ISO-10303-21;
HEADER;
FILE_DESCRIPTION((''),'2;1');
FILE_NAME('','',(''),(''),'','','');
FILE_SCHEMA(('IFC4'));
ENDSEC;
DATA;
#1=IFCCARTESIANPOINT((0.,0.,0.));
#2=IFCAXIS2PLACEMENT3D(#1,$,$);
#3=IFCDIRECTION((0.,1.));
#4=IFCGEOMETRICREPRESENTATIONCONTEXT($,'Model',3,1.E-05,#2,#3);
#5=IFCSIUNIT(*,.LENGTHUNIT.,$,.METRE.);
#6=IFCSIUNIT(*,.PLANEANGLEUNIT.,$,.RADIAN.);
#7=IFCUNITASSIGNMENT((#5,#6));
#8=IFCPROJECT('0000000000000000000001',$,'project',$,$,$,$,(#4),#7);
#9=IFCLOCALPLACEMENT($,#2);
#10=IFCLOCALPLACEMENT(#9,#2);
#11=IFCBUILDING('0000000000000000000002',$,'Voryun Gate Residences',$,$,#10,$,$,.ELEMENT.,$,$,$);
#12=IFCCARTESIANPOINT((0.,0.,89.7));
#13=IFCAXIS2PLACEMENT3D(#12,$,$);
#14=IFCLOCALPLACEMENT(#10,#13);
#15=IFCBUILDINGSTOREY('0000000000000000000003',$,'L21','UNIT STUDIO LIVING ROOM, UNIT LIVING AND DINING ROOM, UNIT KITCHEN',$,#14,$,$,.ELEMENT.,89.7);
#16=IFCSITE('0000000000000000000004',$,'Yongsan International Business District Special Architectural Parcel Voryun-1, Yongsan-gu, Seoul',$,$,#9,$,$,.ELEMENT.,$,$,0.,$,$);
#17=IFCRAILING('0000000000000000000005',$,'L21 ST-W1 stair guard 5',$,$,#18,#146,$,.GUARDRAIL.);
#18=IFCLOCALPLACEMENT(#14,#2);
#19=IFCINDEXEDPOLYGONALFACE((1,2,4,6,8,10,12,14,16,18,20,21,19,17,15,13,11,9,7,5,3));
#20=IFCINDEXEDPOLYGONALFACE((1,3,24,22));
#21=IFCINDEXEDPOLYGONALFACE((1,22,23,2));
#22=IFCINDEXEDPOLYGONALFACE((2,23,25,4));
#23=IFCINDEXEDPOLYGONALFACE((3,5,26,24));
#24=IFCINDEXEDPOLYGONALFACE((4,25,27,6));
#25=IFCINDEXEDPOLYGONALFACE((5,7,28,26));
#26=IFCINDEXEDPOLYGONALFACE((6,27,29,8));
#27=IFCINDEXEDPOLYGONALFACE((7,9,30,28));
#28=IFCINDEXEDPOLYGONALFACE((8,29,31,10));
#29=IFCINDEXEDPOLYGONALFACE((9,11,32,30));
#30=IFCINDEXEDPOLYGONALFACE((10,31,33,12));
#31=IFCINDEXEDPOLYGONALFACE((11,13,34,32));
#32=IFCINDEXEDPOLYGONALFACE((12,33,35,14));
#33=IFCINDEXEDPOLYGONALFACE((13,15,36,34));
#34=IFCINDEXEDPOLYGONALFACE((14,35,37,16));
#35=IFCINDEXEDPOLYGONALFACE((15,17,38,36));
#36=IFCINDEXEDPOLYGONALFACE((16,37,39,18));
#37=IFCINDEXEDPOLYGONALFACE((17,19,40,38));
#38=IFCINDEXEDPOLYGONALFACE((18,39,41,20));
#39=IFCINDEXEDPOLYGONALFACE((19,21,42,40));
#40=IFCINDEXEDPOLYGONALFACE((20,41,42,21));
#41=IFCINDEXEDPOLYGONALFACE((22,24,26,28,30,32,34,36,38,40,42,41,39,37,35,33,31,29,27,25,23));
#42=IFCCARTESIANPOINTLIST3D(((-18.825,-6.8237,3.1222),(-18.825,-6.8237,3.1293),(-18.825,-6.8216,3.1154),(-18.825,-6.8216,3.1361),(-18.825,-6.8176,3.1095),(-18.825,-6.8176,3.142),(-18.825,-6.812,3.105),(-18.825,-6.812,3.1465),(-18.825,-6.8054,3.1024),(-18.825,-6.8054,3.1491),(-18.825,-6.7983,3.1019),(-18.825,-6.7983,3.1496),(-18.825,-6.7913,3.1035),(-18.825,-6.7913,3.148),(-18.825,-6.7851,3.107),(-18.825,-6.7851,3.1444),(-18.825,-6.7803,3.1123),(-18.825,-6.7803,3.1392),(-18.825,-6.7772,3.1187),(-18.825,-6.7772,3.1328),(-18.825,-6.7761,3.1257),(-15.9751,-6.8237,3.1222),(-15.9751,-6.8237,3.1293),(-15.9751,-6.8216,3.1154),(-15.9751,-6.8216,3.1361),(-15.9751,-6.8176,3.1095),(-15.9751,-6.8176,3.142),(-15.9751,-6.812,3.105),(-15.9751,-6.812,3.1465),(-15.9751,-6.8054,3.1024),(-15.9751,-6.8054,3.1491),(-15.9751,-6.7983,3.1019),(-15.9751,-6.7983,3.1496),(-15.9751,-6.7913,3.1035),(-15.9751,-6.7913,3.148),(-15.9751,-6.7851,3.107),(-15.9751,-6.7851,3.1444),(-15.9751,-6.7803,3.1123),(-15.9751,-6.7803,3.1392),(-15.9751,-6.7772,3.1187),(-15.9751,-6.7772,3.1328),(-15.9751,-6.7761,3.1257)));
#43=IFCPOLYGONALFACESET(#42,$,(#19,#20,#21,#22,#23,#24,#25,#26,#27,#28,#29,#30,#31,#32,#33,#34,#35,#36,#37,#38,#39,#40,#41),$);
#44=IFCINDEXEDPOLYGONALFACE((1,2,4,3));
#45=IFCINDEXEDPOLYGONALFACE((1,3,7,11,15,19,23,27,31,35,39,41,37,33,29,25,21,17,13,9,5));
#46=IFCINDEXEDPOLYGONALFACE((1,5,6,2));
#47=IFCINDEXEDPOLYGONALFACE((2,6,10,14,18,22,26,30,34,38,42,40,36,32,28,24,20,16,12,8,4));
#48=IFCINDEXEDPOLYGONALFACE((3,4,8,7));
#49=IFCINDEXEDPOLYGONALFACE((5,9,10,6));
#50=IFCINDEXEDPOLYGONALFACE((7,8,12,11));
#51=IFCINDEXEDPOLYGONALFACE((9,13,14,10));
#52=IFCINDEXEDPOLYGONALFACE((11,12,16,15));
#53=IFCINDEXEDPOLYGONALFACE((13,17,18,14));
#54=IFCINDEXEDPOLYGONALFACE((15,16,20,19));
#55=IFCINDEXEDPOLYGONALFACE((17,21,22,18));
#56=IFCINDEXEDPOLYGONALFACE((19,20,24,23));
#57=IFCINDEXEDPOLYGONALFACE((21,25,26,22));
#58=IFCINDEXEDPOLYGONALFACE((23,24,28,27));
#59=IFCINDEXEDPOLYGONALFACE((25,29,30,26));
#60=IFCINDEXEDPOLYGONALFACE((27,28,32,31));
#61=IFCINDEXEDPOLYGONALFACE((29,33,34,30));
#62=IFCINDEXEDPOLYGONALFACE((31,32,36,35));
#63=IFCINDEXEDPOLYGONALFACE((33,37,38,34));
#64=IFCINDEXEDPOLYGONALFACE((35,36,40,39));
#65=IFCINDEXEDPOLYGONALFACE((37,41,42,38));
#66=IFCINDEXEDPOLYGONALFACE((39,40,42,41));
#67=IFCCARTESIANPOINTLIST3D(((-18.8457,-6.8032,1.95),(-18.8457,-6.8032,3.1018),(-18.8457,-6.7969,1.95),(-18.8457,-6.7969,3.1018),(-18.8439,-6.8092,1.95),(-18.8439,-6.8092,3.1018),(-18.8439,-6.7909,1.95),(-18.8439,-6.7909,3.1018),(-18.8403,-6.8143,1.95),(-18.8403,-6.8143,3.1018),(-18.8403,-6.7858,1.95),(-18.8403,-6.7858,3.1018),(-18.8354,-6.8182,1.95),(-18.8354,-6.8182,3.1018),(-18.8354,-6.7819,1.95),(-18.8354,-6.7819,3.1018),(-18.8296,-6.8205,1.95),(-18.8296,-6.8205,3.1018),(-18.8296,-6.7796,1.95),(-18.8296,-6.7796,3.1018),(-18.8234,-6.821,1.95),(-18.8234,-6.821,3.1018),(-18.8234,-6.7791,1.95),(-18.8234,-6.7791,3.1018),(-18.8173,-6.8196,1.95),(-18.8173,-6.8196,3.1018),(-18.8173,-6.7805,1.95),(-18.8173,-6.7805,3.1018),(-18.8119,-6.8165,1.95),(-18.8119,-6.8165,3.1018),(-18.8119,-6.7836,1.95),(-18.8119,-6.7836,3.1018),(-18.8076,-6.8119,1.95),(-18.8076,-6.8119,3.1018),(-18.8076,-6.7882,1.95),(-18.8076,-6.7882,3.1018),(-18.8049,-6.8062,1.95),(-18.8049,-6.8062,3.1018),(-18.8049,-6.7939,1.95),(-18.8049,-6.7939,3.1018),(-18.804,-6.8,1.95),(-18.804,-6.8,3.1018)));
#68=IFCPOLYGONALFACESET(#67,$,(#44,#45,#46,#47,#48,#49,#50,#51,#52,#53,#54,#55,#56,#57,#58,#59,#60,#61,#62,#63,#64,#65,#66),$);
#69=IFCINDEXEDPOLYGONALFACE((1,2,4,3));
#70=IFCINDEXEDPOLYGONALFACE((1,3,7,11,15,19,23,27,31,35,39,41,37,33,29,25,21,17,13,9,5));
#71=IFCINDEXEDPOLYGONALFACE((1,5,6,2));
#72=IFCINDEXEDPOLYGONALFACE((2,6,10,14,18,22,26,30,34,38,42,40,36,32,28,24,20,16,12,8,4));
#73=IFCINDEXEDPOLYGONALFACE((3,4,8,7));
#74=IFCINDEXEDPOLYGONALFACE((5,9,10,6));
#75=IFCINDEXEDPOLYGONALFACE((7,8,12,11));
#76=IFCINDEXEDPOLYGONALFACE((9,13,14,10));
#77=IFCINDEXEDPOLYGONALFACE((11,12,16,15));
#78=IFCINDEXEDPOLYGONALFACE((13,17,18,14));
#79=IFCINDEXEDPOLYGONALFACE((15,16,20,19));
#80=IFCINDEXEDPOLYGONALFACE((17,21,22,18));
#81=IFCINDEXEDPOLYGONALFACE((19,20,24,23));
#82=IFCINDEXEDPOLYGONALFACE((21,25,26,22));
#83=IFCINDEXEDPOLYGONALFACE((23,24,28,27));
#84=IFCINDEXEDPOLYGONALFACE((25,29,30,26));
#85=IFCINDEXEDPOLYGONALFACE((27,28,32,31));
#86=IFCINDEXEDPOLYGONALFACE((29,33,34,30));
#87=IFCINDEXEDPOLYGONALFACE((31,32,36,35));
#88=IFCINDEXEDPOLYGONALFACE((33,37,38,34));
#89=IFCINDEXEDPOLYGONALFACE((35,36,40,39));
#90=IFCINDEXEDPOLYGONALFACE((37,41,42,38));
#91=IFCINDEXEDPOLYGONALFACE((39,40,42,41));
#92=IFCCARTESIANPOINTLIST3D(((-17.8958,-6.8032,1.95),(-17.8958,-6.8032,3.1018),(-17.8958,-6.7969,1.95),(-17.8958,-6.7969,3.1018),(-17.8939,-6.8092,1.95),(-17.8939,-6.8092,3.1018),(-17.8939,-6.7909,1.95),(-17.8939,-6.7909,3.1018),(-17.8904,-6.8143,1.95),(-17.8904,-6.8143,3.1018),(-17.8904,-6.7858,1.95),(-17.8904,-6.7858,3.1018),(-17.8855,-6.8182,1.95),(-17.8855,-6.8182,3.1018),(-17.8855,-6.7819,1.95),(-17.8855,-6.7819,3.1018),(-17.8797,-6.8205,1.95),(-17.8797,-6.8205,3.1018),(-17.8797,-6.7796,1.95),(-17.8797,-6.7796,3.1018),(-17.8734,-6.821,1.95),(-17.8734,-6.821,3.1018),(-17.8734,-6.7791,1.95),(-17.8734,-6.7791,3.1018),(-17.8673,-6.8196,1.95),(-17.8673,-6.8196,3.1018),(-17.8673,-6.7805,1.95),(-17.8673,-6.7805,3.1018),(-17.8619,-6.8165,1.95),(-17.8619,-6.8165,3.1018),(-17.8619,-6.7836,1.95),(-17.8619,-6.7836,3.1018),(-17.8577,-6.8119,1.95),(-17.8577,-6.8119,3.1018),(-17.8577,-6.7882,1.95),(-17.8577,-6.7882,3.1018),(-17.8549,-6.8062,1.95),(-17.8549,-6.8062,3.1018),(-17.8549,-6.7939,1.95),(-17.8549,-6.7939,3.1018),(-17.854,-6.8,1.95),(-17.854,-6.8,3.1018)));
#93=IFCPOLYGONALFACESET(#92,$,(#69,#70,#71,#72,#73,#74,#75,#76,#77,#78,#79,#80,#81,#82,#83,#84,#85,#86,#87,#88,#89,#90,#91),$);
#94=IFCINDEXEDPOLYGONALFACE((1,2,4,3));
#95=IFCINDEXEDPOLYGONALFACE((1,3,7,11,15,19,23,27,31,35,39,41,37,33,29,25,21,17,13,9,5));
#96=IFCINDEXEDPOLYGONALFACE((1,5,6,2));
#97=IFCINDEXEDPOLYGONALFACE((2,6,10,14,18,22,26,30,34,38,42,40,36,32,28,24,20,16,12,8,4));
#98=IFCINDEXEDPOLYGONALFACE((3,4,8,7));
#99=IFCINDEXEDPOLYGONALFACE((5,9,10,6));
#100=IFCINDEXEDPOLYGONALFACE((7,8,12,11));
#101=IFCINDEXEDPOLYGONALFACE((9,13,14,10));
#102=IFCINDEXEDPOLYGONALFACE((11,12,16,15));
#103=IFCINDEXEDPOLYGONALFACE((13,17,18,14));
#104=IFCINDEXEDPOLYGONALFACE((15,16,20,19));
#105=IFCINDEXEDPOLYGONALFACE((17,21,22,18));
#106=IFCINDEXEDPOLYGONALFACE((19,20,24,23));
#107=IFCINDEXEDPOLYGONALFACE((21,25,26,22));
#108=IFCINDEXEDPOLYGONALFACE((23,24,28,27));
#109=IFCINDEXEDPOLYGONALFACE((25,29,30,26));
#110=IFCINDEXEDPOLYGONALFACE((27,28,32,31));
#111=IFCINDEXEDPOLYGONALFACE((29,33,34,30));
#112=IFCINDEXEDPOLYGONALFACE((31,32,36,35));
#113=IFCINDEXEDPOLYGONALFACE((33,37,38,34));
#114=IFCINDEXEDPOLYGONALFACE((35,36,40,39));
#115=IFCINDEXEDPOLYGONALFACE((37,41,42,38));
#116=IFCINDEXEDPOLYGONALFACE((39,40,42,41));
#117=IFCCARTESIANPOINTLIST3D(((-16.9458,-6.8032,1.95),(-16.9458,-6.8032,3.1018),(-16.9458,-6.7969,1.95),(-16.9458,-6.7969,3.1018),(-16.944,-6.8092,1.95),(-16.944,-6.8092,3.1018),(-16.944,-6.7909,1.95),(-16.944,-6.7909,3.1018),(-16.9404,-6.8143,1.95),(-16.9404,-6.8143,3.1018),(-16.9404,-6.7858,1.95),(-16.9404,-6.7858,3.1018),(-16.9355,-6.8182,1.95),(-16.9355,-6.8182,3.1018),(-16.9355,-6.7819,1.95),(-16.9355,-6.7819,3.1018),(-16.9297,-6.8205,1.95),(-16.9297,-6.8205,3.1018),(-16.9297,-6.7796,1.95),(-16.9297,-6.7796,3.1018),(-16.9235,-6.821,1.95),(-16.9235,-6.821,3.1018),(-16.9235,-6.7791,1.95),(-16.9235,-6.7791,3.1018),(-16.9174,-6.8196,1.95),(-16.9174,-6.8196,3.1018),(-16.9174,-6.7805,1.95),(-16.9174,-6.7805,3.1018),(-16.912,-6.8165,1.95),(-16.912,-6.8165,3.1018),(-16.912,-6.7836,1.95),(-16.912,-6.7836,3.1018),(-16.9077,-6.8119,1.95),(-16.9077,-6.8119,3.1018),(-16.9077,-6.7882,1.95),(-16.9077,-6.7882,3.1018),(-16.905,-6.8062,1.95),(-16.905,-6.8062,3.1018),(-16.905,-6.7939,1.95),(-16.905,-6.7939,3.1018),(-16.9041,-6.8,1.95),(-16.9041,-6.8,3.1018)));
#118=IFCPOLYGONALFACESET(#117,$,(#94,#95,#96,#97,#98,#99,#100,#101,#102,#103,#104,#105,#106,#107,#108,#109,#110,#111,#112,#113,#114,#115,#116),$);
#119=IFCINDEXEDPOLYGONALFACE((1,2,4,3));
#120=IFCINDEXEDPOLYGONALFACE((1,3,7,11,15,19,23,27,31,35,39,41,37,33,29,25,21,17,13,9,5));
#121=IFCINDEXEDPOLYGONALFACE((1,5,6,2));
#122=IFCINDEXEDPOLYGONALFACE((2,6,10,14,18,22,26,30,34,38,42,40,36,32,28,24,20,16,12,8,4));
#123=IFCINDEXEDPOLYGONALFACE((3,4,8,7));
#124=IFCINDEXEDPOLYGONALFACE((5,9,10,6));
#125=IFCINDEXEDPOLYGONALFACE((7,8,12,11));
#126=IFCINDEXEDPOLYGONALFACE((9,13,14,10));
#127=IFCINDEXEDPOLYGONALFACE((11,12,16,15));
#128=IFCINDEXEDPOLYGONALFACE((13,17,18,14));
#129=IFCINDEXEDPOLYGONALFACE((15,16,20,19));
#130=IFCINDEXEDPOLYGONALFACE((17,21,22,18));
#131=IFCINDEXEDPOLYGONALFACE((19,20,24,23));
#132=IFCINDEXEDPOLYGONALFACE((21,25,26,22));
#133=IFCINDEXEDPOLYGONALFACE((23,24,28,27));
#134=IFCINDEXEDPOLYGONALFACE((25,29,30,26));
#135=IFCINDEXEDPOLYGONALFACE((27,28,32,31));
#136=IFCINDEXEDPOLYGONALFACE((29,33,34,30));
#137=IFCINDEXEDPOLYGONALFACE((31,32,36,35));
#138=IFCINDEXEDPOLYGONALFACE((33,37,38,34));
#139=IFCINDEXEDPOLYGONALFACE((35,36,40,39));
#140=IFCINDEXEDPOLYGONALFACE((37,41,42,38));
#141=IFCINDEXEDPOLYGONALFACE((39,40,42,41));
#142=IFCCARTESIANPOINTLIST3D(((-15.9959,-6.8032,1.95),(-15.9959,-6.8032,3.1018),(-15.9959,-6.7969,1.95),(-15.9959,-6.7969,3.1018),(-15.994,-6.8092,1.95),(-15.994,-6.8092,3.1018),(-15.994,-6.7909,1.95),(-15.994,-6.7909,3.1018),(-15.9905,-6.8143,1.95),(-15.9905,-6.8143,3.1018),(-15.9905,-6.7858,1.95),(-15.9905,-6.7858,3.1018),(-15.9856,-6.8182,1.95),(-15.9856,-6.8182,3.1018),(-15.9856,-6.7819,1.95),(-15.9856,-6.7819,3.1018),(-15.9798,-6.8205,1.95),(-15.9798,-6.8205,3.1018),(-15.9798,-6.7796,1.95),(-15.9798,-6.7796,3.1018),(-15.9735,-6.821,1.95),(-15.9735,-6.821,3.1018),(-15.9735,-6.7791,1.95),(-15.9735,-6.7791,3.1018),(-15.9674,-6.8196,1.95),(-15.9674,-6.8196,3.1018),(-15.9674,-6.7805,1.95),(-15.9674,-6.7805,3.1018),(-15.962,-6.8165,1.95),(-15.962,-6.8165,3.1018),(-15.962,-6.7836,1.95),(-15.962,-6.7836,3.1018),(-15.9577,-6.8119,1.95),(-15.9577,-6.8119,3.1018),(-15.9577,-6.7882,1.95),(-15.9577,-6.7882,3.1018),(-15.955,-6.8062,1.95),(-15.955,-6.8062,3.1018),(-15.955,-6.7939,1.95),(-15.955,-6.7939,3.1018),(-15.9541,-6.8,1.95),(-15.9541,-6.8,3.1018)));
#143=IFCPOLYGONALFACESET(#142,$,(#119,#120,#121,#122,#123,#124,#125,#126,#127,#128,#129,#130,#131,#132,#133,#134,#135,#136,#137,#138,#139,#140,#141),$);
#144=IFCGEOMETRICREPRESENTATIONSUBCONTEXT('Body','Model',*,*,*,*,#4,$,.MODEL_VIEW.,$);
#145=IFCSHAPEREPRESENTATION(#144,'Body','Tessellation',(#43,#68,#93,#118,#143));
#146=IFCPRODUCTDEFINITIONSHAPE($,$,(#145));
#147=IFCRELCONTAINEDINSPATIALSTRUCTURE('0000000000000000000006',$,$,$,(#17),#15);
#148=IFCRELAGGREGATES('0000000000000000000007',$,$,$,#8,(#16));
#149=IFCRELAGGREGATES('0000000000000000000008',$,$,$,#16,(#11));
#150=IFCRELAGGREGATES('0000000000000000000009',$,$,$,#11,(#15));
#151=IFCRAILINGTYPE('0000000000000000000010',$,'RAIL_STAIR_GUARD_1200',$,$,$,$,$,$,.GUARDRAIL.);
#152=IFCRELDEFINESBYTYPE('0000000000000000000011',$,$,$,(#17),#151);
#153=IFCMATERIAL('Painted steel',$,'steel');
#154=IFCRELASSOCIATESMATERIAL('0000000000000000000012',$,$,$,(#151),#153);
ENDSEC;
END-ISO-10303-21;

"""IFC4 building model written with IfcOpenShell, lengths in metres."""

from ifc_helpers import new_model, si_unit, direction, frame, origin, origin_2d, place, context, subcontext, project, spatial, circle, extrude, material, type_object, element, save


model = new_model("IFC4")

# Units and contexts
model_context = context("Model", 3, precision=1e-05, world=origin(), true_north=direction((0.0, 1.0)))
body_context = subcontext(model_context, "Body", "Model", "MODEL_VIEW")
ifc_project = project(units=[si_unit("LENGTHUNIT", "METRE"), si_unit("PLANEANGLEUNIT", "RADIAN")], contexts=[model_context])

# Site, building, storey
site_placement = place(None, origin())
site = spatial("IfcSite", under=ifc_project, at=site_placement, Name="Yongsan International Business District Special Architectural Parcel Voryun-1, Yongsan-gu, Seoul", CompositionType="ELEMENT", RefElevation=0.0)
building_placement = place(site_placement, origin())
building = spatial("IfcBuilding", under=site, at=building_placement, Name="Voryun Gate Residences", CompositionType="ELEMENT")
storey_placement = place(building_placement, frame((0.0, 0.0, 89.7)))
storey = spatial("IfcBuildingStorey", under=building, at=storey_placement, Name="L21", Description="UNIT STUDIO LIVING ROOM, UNIT LIVING AND DINING ROOM, UNIT KITCHEN", CompositionType="ELEMENT", Elevation=89.7)

# Railing
ifc_material_1 = material(Name="Painted steel", Category="steel")
railing_type_1 = type_object("IfcRailingType", Name="RAIL_STAIR_GUARD_1200", PredefinedType="GUARDRAIL", material=ifc_material_1)
railing_1_placement = place(storey_placement, frame((-18.825, -6.8, 1.95)))
element("IfcRailing", 1, at=railing_1_placement, inside=storey, type_object=railing_type_1, Name="L21 ST-W1 stair guard 5", PredefinedType="GUARDRAIL", context=body_context, shape_type="SweptSolid", body=[
    extrude(circle(Radius=0.0239, at=origin_2d()), frame((0.0, 0.0, 1.1758), z_axis=(1.0, 0.0, 0.0), x_axis=(0.0, 1.0, 0.0)), (0.0, 0.0, 1.0), 2.8499),
    extrude(circle(Radius=0.021, at=origin_2d()), origin(), (0.0, 0.0, 1.0), 1.1519),
    extrude(circle(Radius=0.021, at=origin_2d()), frame((0.95, 0.0, 0.0)), (0.0, 0.0, 1.0), 1.1519),
    extrude(circle(Radius=0.021, at=origin_2d()), frame((1.8999, 0.0, 0.0)), (0.0, 0.0, 1.0), 1.1519),
    extrude(circle(Radius=0.021, at=origin_2d()), frame((2.8499, 0.0, 0.0)), (0.0, 0.0, 1.0), 1.1519),
])

save(model, "model.ifc")
